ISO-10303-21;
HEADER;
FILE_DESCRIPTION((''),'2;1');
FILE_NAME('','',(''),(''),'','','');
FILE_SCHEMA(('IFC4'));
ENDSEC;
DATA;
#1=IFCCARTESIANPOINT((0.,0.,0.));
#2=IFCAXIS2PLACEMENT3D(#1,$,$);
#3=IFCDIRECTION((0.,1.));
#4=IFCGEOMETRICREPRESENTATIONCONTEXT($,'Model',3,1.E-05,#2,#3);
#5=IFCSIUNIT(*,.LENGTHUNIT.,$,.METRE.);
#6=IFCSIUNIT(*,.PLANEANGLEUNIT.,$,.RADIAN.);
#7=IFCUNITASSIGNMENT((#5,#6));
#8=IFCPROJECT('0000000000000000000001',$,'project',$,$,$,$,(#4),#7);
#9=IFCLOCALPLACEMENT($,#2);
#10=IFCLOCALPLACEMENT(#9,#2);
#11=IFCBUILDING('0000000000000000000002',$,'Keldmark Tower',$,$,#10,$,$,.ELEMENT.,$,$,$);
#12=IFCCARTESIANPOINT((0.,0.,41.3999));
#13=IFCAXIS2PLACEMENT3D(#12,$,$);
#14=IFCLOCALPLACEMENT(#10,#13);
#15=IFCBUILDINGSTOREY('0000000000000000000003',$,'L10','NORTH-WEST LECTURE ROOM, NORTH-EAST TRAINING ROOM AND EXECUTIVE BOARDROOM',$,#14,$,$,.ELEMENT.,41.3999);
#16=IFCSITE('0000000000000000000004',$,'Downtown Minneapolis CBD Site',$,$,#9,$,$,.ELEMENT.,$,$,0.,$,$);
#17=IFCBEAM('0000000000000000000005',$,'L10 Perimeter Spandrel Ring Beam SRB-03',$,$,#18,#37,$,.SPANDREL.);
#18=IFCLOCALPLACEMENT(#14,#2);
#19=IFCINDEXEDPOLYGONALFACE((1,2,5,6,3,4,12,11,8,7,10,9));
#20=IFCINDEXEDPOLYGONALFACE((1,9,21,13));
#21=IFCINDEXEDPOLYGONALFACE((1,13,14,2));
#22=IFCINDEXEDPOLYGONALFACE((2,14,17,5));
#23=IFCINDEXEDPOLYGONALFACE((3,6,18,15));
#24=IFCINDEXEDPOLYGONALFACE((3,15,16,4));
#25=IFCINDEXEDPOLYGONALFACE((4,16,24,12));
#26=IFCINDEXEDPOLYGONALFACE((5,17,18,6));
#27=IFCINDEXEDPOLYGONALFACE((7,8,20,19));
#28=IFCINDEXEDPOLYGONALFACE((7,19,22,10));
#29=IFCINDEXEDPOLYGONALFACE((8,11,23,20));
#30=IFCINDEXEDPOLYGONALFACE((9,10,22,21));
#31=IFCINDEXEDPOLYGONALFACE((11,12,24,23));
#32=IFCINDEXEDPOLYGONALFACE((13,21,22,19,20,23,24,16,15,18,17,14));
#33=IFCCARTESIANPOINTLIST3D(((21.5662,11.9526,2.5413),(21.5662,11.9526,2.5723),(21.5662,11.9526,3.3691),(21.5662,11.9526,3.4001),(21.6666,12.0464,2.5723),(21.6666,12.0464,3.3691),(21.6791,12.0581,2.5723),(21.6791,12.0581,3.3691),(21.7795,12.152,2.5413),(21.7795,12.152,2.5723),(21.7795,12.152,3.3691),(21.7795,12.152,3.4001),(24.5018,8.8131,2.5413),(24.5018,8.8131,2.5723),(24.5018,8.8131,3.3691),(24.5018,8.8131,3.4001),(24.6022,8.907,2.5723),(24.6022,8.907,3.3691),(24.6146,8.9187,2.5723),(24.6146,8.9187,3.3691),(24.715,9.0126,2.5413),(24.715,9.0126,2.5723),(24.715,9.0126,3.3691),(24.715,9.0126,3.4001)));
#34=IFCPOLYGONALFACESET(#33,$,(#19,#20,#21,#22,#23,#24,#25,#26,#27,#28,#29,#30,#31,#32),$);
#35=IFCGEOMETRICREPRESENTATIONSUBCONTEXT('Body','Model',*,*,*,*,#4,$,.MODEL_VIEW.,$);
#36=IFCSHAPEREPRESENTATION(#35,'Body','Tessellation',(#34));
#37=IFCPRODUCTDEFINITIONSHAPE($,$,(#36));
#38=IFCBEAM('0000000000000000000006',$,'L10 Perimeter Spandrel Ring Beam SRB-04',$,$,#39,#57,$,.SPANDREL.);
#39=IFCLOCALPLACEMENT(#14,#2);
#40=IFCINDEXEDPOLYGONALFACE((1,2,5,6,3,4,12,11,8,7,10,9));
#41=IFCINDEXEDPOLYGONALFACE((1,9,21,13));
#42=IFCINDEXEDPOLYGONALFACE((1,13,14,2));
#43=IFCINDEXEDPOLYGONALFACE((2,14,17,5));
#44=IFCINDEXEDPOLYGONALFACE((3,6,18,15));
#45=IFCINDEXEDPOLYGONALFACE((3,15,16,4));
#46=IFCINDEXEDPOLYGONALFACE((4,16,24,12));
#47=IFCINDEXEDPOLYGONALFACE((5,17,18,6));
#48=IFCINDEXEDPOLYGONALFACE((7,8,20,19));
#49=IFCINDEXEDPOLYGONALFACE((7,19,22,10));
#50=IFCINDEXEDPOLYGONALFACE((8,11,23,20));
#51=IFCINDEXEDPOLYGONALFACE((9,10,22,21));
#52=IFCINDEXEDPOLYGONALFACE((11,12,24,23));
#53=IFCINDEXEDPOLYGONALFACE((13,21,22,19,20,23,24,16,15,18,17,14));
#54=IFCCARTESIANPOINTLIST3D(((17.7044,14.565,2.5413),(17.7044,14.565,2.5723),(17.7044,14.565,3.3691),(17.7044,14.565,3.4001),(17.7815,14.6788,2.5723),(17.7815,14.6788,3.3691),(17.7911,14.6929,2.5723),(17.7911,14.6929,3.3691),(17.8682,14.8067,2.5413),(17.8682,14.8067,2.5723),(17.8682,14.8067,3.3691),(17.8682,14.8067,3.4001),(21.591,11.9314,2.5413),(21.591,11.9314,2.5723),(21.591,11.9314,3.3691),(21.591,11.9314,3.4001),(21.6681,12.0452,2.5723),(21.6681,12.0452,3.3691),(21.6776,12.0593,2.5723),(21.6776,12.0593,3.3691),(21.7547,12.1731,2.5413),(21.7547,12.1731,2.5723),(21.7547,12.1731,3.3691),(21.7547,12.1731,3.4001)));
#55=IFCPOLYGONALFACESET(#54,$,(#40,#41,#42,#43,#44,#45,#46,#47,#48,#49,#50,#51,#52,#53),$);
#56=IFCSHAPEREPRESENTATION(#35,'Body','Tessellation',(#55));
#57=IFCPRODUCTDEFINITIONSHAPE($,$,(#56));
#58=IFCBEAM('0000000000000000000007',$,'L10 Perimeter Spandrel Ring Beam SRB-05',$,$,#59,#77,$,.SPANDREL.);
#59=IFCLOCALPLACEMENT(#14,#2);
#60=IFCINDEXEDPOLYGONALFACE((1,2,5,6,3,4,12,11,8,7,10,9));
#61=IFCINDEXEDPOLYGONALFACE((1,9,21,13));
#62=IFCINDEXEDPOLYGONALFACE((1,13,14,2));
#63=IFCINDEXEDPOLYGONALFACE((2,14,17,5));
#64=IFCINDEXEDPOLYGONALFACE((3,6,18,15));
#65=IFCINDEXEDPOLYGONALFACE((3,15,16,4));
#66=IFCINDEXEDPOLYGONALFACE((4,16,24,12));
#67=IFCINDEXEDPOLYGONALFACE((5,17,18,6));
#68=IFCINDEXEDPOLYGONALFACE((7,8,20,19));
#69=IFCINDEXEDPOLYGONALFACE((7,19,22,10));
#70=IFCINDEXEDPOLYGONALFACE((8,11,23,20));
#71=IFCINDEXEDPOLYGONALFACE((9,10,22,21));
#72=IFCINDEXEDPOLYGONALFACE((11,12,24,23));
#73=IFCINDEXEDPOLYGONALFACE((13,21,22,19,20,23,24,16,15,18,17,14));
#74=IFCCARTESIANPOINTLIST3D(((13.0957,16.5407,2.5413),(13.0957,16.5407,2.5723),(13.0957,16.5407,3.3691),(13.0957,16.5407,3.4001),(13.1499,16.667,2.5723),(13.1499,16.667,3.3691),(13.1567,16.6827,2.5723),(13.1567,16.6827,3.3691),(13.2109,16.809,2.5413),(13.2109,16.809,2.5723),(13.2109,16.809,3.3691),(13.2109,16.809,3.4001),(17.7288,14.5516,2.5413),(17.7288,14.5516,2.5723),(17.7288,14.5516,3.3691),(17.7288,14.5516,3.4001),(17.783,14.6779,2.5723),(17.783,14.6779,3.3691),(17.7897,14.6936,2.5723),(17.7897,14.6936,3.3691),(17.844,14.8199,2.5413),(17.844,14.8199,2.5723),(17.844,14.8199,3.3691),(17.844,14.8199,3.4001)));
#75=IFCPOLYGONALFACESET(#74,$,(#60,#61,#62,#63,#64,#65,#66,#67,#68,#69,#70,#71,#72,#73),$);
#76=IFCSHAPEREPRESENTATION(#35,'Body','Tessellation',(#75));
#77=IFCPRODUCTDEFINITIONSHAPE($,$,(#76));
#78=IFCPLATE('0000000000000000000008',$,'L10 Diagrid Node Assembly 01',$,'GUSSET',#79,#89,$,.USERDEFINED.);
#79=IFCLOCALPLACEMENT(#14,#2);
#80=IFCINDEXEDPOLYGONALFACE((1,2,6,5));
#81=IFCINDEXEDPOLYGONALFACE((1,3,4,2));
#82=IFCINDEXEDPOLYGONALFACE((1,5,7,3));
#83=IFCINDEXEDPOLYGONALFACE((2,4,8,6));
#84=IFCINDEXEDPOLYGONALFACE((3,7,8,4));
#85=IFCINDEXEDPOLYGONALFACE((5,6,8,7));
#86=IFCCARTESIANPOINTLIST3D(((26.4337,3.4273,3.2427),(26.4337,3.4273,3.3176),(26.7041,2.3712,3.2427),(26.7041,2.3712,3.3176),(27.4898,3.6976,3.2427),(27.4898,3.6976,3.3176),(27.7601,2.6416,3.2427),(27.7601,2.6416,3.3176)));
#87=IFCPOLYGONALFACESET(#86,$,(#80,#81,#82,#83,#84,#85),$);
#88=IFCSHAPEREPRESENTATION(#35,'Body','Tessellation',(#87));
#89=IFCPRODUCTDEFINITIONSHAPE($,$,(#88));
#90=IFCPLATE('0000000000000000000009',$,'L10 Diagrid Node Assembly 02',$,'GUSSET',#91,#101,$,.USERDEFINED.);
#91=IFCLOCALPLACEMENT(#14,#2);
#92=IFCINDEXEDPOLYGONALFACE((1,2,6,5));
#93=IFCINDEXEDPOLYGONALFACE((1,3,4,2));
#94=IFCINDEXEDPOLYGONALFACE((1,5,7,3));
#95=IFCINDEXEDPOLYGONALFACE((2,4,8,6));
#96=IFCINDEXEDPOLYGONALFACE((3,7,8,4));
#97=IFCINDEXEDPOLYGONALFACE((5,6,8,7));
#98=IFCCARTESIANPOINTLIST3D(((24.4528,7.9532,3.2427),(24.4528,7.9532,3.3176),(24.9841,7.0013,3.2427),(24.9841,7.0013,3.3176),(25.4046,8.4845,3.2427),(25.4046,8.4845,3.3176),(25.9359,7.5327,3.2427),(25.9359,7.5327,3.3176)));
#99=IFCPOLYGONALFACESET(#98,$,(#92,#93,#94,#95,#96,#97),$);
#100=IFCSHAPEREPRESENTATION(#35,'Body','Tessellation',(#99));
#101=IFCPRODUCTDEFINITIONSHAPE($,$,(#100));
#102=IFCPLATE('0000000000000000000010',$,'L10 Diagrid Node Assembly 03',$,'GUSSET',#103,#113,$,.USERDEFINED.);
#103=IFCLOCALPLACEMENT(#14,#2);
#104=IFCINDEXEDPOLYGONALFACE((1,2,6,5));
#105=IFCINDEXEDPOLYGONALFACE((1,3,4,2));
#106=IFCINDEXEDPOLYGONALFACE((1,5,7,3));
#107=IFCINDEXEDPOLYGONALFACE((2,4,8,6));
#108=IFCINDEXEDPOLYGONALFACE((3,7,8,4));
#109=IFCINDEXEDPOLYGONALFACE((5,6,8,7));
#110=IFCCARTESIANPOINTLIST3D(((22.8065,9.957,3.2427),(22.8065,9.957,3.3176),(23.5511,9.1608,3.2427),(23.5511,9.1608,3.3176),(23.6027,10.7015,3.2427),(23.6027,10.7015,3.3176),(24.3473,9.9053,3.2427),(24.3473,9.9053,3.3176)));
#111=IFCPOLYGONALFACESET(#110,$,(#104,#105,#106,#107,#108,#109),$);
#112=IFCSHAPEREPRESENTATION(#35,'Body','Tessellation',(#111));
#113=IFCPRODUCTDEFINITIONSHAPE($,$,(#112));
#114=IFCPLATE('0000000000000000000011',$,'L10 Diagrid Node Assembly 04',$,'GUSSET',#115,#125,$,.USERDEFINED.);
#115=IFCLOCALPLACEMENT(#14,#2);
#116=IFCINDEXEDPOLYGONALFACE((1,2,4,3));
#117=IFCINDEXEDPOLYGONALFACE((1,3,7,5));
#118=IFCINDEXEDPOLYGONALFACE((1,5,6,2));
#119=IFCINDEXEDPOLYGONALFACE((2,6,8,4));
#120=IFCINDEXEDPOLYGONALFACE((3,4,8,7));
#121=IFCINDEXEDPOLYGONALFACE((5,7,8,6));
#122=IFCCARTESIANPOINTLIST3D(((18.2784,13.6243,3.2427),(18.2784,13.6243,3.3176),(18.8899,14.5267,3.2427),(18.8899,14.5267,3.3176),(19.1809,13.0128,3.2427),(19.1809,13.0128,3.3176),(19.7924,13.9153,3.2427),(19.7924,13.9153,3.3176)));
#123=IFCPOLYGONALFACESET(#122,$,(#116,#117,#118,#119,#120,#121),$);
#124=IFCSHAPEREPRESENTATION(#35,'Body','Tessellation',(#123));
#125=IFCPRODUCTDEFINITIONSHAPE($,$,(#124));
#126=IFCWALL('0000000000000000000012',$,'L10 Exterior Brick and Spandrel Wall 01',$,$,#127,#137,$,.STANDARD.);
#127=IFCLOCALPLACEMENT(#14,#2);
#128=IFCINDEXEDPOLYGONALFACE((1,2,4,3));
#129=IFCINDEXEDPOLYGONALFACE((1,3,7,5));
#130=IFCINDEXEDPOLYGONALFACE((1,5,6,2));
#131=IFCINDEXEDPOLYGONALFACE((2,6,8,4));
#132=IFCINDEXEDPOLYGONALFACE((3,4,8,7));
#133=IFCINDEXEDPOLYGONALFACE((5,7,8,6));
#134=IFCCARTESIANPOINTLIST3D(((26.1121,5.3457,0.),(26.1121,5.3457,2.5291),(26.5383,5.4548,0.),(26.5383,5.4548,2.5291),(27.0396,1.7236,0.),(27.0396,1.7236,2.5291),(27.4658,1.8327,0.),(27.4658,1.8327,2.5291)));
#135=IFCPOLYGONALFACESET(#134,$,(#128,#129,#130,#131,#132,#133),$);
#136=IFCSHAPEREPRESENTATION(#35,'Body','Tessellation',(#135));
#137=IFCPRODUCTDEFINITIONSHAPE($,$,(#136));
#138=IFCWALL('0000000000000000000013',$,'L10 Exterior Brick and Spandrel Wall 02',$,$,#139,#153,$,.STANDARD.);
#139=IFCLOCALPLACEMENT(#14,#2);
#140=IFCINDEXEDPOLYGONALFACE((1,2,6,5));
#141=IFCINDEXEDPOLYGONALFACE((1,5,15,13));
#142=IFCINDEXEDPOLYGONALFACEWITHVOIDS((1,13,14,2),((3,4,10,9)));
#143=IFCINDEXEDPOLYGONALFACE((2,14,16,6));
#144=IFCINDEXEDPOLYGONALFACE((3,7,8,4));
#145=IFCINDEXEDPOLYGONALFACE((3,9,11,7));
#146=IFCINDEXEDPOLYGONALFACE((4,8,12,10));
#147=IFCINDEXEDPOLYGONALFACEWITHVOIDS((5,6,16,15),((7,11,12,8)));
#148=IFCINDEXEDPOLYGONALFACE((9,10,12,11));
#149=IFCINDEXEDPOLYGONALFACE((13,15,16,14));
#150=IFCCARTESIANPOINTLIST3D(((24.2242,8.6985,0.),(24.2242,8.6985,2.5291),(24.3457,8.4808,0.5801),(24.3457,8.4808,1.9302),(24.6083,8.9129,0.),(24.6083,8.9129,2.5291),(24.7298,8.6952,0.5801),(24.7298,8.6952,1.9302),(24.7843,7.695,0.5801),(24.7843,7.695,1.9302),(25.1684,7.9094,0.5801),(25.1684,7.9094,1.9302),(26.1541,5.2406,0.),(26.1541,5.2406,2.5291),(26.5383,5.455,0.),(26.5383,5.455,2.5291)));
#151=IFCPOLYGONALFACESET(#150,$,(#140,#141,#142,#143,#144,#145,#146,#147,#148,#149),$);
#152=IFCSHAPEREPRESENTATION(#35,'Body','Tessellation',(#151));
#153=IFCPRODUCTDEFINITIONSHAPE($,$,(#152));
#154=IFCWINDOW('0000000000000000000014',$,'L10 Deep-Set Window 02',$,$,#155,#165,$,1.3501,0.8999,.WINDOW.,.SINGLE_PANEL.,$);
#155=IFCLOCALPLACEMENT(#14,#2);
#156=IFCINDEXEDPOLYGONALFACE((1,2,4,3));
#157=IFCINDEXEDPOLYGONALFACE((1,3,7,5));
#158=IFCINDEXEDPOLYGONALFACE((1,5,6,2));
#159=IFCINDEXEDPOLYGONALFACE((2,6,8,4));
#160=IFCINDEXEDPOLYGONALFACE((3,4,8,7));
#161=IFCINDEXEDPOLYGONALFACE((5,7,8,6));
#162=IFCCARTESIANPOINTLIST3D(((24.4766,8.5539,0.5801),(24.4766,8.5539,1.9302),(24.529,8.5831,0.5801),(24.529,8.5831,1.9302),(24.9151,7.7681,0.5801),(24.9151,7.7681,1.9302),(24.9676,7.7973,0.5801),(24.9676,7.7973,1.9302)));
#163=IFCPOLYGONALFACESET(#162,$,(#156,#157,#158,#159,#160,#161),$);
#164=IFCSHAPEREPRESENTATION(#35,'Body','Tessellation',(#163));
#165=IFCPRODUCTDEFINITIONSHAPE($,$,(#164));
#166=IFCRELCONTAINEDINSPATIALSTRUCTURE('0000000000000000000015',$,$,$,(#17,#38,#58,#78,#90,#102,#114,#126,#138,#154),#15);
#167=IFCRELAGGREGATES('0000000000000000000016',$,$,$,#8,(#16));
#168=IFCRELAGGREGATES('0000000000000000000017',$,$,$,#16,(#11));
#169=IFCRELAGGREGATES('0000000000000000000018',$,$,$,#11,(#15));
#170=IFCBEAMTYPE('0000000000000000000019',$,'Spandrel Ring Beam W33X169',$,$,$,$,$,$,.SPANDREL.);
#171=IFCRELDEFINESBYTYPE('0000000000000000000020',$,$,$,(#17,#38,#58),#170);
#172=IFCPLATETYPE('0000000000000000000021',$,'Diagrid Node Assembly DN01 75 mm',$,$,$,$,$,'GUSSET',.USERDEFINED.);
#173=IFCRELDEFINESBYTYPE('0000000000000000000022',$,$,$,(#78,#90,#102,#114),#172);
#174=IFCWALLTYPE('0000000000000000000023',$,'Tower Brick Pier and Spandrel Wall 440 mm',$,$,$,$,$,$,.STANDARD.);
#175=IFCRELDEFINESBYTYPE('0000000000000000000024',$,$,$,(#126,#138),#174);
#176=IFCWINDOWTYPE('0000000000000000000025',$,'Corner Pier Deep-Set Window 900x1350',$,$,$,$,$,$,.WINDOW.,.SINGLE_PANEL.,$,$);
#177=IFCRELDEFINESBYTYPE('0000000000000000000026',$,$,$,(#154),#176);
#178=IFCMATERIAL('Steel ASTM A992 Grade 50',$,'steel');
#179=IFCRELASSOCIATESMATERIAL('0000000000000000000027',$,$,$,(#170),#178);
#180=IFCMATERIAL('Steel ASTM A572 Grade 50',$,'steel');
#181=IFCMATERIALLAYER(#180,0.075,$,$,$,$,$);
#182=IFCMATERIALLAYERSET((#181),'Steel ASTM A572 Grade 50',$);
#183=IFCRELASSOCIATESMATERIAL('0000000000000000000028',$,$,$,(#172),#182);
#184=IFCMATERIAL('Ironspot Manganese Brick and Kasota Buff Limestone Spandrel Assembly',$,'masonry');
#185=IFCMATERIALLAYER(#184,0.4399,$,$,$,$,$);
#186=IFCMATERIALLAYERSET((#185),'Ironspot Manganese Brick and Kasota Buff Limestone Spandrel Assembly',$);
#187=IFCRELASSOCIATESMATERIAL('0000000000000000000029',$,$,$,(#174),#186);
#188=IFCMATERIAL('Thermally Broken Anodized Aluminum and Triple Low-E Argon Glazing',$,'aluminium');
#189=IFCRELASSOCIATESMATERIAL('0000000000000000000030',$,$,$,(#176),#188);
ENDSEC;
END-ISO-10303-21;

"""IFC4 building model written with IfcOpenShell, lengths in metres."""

from ifc_helpers import new_model, si_unit, direction, frame, frame_2d, origin, origin_2d, place, context, subcontext, project, spatial, rectangle, i_section, extrude, material, layer, layer_set, material_profile, profile_set, type_object, element, fill, save


model = new_model("IFC4")

# Units and contexts
model_context = context("Model", 3, precision=1e-05, world=origin(), true_north=direction((0.0, 1.0)))
body_context = subcontext(model_context, "Body", "Model", "MODEL_VIEW")
ifc_project = project(units=[si_unit("LENGTHUNIT", "METRE"), si_unit("PLANEANGLEUNIT", "RADIAN")], contexts=[model_context])

# Site, building, storey
site_placement = place(None, origin())
site = spatial("IfcSite", under=ifc_project, at=site_placement, Name="Downtown Minneapolis CBD Site", CompositionType="ELEMENT", RefElevation=0.0)
building_placement = place(site_placement, origin())
building = spatial("IfcBuilding", under=site, at=building_placement, Name="Keldmark Tower", CompositionType="ELEMENT")
storey_placement = place(building_placement, frame((0.0, 0.0, 41.3999)))
storey = spatial("IfcBuildingStorey", under=building, at=storey_placement, Name="L10", Description="NORTH-WEST LECTURE ROOM, NORTH-EAST TRAINING ROOM AND EXECUTIVE BOARDROOM", CompositionType="ELEMENT", Elevation=41.3999)

# Beams
ifc_material_1 = material(Name="Steel ASTM A992 Grade 50", Category="steel")
ifc_material_profile_1 = material_profile(ifc_material_1, i_section(OverallWidth=0.292, OverallDepth=0.8589, WebThickness=0.0171, FlangeThickness=0.031, at=origin_2d()), Name="W33X169")
ifc_profile_set_1 = profile_set([ifc_material_profile_1], Name="Steel ASTM A992 Grade 50")
beam_type_1 = type_object("IfcBeamType", Name="Spandrel Ring Beam W33X169", PredefinedType="SPANDREL", material=ifc_profile_set_1)
beam_1_placement = place(storey_placement, frame((24.6084, 8.9128, 2.9707), z_axis=(-0.682994, 0.730424, 0.0), x_axis=(-0.730424, -0.682994, 0.0)))
element("IfcBeam", 1, at=beam_1_placement, inside=storey, type_object=beam_type_1, Name="L10 Perimeter Spandrel Ring Beam SRB-03", PredefinedType="SPANDREL", context=body_context, shape_type="SweptSolid", body=[
    extrude(i_section(OverallWidth=0.292, OverallDepth=0.8589, WebThickness=0.0171, FlangeThickness=0.031, at=origin_2d()), origin(), (0.0, 0.0, 1.0), 4.2981),
])
beam_2_placement = place(storey_placement, frame((21.6729, 12.0522, 2.9707), z_axis=(-0.827842, 0.560961, 0.0), x_axis=(-0.560961, -0.827842, 0.0)))
element("IfcBeam", 2, at=beam_2_placement, inside=storey, type_object=beam_type_1, Name="L10 Perimeter Spandrel Ring Beam SRB-04", PredefinedType="SPANDREL", context=body_context, shape_type="SweptSolid", body=[
    extrude(i_section(OverallWidth=0.292, OverallDepth=0.8589, WebThickness=0.0171, FlangeThickness=0.031, at=origin_2d()), origin(), (0.0, 0.0, 1.0), 4.6948),
])
beam_3_placement = place(storey_placement, frame((17.7864, 14.6858, 2.9707), z_axis=(-0.918899, 0.394492, 0.0), x_axis=(-0.394492, -0.918899, 0.0)))
element("IfcBeam", 3, at=beam_3_placement, inside=storey, type_object=beam_type_1, Name="L10 Perimeter Spandrel Ring Beam SRB-05", PredefinedType="SPANDREL", context=body_context, shape_type="SweptSolid", body=[
    extrude(i_section(OverallWidth=0.292, OverallDepth=0.8589, WebThickness=0.0171, FlangeThickness=0.031, at=origin_2d()), origin(), (0.0, 0.0, 1.0), 5.042),
])

# Plates
ifc_material_2 = material(Name="Steel ASTM A572 Grade 50", Category="steel")
ifc_layer_1 = layer(ifc_material_2, 0.075)
ifc_layer_set_1 = layer_set([ifc_layer_1], Name="Steel ASTM A572 Grade 50")
plate_type = type_object("IfcPlateType", Name="Diagrid Node Assembly DN01 75 mm", ElementType="GUSSET", PredefinedType="USERDEFINED", material=ifc_layer_set_1)
for number, where, z_axis, x_axis, name in (
    (4, (27.0969, 3.0344, 3.2427), (0.0, 0.0, 1.0), (-0.248014, 0.968757, 0.0), "L10 Diagrid Node Assembly 01"),
    (5, (25.1943, 7.7429, 3.2427), (0.0, 0.0, 1.0), (-0.487403, 0.873177, 0.0), "L10 Diagrid Node Assembly 02"),
    (6, (23.5769, 9.9312, 3.2427), (0.0, 0.0, 1.0), (-0.683019, 0.730401, 0.0), "L10 Diagrid Node Assembly 03"),
    (7, (19.0354, 13.7698, 3.2427), (0.0, 0.0, 1.0), (-0.827865, 0.560928, 0.0), "L10 Diagrid Node Assembly 04"),
):
    element("IfcPlate", number, at=place(storey_placement, frame(where, z_axis=z_axis, x_axis=x_axis)), inside=storey, type_object=plate_type, Name=name, ObjectType="GUSSET", PredefinedType="USERDEFINED", context=body_context, shape_type="SweptSolid", body=[
        extrude(rectangle(XDim=1.0901, YDim=1.0901, at=origin_2d()), origin(), (0.0, 0.0, 1.0), 0.075),
    ])

# Wall
ifc_material_3 = material(Name="Ironspot Manganese Brick and Kasota Buff Limestone Spandrel Assembly", Category="masonry")
ifc_layer_2 = layer(ifc_material_3, 0.4399)
ifc_layer_set_2 = layer_set([ifc_layer_2], Name="Ironspot Manganese Brick and Kasota Buff Limestone Spandrel Assembly")
wall_type = type_object("IfcWallType", Name="Tower Brick Pier and Spandrel Wall 440 mm", PredefinedType="STANDARD", material=ifc_layer_set_2)
wall_1_placement = place(storey_placement, frame((26.3252, 5.4004, 0.0), z_axis=(0.0, 0.0, 1.0), x_axis=(0.248063, -0.968744, 0.0)))
element("IfcWall", 8, at=wall_1_placement, inside=storey, type_object=wall_type, Name="L10 Exterior Brick and Spandrel Wall 01", PredefinedType="STANDARD", context=body_context, shape_type="SweptSolid", body=[
    extrude(rectangle(XDim=3.739, YDim=0.4399, at=frame_2d((1.8696, 0.0))), origin(), (0.0, 0.0, 1.0), 2.5291),
])

# Wall, opening, window
wall_2_placement = place(storey_placement, frame((24.4163, 8.8057, 0.0), z_axis=(0.0, 0.0, 1.0), x_axis=(0.487369, -0.873196, 0.0)))
wall_2 = element("IfcWall", 9, at=wall_2_placement, inside=storey, type_object=wall_type, Name="L10 Exterior Brick and Spandrel Wall 02", PredefinedType="STANDARD", context=body_context, shape_type="SweptSolid", body=[
    extrude(rectangle(XDim=3.96, YDim=0.4399, at=frame_2d((1.98, 0.0))), origin(), (0.0, 0.0, 1.0), 2.5291),
])
opening_1_placement = place(wall_2_placement, frame((0.2493, 0.0, 0.5801)))
opening_1 = element("IfcOpeningElement", 10, at=opening_1_placement, cuts=wall_2, PredefinedType="OPENING", context=body_context, shape_type="SweptSolid", body=[
    extrude(rectangle(XDim=0.8999, YDim=1.3501, at=frame_2d((0.45, 0.675))), frame((0.0, 0.23, 0.0), z_axis=(0.0, -1.0, 0.0), x_axis=(1.0, 0.0, 0.0)), (0.0, 0.0, 1.0), 0.46),
])
ifc_material_4 = material(Name="Thermally Broken Anodized Aluminum and Triple Low-E Argon Glazing", Category="aluminium")
window_type = type_object("IfcWindowType", Name="Corner Pier Deep-Set Window 900x1350", PartitioningType="SINGLE_PANEL", PredefinedType="WINDOW", material=ifc_material_4)
window_1_placement = place(opening_1_placement, origin())
window_1 = element("IfcWindow", 11, at=window_1_placement, inside=storey, type_object=window_type, Name="L10 Deep-Set Window 02", OverallHeight=1.3501, OverallWidth=0.8999, PartitioningType="SINGLE_PANEL", PredefinedType="WINDOW", context=body_context, shape_type="SweptSolid", body=[
    extrude(rectangle(XDim=0.8999, YDim=1.3501, at=frame_2d((0.45, 0.675))), frame((0.0, -0.01, 0.0), z_axis=(0.0, -1.0, 0.0), x_axis=(1.0, 0.0, 0.0)), (0.0, 0.0, 1.0), 0.0601),
])
fill(opening_1, window_1)

save(model, "model.ifc")
